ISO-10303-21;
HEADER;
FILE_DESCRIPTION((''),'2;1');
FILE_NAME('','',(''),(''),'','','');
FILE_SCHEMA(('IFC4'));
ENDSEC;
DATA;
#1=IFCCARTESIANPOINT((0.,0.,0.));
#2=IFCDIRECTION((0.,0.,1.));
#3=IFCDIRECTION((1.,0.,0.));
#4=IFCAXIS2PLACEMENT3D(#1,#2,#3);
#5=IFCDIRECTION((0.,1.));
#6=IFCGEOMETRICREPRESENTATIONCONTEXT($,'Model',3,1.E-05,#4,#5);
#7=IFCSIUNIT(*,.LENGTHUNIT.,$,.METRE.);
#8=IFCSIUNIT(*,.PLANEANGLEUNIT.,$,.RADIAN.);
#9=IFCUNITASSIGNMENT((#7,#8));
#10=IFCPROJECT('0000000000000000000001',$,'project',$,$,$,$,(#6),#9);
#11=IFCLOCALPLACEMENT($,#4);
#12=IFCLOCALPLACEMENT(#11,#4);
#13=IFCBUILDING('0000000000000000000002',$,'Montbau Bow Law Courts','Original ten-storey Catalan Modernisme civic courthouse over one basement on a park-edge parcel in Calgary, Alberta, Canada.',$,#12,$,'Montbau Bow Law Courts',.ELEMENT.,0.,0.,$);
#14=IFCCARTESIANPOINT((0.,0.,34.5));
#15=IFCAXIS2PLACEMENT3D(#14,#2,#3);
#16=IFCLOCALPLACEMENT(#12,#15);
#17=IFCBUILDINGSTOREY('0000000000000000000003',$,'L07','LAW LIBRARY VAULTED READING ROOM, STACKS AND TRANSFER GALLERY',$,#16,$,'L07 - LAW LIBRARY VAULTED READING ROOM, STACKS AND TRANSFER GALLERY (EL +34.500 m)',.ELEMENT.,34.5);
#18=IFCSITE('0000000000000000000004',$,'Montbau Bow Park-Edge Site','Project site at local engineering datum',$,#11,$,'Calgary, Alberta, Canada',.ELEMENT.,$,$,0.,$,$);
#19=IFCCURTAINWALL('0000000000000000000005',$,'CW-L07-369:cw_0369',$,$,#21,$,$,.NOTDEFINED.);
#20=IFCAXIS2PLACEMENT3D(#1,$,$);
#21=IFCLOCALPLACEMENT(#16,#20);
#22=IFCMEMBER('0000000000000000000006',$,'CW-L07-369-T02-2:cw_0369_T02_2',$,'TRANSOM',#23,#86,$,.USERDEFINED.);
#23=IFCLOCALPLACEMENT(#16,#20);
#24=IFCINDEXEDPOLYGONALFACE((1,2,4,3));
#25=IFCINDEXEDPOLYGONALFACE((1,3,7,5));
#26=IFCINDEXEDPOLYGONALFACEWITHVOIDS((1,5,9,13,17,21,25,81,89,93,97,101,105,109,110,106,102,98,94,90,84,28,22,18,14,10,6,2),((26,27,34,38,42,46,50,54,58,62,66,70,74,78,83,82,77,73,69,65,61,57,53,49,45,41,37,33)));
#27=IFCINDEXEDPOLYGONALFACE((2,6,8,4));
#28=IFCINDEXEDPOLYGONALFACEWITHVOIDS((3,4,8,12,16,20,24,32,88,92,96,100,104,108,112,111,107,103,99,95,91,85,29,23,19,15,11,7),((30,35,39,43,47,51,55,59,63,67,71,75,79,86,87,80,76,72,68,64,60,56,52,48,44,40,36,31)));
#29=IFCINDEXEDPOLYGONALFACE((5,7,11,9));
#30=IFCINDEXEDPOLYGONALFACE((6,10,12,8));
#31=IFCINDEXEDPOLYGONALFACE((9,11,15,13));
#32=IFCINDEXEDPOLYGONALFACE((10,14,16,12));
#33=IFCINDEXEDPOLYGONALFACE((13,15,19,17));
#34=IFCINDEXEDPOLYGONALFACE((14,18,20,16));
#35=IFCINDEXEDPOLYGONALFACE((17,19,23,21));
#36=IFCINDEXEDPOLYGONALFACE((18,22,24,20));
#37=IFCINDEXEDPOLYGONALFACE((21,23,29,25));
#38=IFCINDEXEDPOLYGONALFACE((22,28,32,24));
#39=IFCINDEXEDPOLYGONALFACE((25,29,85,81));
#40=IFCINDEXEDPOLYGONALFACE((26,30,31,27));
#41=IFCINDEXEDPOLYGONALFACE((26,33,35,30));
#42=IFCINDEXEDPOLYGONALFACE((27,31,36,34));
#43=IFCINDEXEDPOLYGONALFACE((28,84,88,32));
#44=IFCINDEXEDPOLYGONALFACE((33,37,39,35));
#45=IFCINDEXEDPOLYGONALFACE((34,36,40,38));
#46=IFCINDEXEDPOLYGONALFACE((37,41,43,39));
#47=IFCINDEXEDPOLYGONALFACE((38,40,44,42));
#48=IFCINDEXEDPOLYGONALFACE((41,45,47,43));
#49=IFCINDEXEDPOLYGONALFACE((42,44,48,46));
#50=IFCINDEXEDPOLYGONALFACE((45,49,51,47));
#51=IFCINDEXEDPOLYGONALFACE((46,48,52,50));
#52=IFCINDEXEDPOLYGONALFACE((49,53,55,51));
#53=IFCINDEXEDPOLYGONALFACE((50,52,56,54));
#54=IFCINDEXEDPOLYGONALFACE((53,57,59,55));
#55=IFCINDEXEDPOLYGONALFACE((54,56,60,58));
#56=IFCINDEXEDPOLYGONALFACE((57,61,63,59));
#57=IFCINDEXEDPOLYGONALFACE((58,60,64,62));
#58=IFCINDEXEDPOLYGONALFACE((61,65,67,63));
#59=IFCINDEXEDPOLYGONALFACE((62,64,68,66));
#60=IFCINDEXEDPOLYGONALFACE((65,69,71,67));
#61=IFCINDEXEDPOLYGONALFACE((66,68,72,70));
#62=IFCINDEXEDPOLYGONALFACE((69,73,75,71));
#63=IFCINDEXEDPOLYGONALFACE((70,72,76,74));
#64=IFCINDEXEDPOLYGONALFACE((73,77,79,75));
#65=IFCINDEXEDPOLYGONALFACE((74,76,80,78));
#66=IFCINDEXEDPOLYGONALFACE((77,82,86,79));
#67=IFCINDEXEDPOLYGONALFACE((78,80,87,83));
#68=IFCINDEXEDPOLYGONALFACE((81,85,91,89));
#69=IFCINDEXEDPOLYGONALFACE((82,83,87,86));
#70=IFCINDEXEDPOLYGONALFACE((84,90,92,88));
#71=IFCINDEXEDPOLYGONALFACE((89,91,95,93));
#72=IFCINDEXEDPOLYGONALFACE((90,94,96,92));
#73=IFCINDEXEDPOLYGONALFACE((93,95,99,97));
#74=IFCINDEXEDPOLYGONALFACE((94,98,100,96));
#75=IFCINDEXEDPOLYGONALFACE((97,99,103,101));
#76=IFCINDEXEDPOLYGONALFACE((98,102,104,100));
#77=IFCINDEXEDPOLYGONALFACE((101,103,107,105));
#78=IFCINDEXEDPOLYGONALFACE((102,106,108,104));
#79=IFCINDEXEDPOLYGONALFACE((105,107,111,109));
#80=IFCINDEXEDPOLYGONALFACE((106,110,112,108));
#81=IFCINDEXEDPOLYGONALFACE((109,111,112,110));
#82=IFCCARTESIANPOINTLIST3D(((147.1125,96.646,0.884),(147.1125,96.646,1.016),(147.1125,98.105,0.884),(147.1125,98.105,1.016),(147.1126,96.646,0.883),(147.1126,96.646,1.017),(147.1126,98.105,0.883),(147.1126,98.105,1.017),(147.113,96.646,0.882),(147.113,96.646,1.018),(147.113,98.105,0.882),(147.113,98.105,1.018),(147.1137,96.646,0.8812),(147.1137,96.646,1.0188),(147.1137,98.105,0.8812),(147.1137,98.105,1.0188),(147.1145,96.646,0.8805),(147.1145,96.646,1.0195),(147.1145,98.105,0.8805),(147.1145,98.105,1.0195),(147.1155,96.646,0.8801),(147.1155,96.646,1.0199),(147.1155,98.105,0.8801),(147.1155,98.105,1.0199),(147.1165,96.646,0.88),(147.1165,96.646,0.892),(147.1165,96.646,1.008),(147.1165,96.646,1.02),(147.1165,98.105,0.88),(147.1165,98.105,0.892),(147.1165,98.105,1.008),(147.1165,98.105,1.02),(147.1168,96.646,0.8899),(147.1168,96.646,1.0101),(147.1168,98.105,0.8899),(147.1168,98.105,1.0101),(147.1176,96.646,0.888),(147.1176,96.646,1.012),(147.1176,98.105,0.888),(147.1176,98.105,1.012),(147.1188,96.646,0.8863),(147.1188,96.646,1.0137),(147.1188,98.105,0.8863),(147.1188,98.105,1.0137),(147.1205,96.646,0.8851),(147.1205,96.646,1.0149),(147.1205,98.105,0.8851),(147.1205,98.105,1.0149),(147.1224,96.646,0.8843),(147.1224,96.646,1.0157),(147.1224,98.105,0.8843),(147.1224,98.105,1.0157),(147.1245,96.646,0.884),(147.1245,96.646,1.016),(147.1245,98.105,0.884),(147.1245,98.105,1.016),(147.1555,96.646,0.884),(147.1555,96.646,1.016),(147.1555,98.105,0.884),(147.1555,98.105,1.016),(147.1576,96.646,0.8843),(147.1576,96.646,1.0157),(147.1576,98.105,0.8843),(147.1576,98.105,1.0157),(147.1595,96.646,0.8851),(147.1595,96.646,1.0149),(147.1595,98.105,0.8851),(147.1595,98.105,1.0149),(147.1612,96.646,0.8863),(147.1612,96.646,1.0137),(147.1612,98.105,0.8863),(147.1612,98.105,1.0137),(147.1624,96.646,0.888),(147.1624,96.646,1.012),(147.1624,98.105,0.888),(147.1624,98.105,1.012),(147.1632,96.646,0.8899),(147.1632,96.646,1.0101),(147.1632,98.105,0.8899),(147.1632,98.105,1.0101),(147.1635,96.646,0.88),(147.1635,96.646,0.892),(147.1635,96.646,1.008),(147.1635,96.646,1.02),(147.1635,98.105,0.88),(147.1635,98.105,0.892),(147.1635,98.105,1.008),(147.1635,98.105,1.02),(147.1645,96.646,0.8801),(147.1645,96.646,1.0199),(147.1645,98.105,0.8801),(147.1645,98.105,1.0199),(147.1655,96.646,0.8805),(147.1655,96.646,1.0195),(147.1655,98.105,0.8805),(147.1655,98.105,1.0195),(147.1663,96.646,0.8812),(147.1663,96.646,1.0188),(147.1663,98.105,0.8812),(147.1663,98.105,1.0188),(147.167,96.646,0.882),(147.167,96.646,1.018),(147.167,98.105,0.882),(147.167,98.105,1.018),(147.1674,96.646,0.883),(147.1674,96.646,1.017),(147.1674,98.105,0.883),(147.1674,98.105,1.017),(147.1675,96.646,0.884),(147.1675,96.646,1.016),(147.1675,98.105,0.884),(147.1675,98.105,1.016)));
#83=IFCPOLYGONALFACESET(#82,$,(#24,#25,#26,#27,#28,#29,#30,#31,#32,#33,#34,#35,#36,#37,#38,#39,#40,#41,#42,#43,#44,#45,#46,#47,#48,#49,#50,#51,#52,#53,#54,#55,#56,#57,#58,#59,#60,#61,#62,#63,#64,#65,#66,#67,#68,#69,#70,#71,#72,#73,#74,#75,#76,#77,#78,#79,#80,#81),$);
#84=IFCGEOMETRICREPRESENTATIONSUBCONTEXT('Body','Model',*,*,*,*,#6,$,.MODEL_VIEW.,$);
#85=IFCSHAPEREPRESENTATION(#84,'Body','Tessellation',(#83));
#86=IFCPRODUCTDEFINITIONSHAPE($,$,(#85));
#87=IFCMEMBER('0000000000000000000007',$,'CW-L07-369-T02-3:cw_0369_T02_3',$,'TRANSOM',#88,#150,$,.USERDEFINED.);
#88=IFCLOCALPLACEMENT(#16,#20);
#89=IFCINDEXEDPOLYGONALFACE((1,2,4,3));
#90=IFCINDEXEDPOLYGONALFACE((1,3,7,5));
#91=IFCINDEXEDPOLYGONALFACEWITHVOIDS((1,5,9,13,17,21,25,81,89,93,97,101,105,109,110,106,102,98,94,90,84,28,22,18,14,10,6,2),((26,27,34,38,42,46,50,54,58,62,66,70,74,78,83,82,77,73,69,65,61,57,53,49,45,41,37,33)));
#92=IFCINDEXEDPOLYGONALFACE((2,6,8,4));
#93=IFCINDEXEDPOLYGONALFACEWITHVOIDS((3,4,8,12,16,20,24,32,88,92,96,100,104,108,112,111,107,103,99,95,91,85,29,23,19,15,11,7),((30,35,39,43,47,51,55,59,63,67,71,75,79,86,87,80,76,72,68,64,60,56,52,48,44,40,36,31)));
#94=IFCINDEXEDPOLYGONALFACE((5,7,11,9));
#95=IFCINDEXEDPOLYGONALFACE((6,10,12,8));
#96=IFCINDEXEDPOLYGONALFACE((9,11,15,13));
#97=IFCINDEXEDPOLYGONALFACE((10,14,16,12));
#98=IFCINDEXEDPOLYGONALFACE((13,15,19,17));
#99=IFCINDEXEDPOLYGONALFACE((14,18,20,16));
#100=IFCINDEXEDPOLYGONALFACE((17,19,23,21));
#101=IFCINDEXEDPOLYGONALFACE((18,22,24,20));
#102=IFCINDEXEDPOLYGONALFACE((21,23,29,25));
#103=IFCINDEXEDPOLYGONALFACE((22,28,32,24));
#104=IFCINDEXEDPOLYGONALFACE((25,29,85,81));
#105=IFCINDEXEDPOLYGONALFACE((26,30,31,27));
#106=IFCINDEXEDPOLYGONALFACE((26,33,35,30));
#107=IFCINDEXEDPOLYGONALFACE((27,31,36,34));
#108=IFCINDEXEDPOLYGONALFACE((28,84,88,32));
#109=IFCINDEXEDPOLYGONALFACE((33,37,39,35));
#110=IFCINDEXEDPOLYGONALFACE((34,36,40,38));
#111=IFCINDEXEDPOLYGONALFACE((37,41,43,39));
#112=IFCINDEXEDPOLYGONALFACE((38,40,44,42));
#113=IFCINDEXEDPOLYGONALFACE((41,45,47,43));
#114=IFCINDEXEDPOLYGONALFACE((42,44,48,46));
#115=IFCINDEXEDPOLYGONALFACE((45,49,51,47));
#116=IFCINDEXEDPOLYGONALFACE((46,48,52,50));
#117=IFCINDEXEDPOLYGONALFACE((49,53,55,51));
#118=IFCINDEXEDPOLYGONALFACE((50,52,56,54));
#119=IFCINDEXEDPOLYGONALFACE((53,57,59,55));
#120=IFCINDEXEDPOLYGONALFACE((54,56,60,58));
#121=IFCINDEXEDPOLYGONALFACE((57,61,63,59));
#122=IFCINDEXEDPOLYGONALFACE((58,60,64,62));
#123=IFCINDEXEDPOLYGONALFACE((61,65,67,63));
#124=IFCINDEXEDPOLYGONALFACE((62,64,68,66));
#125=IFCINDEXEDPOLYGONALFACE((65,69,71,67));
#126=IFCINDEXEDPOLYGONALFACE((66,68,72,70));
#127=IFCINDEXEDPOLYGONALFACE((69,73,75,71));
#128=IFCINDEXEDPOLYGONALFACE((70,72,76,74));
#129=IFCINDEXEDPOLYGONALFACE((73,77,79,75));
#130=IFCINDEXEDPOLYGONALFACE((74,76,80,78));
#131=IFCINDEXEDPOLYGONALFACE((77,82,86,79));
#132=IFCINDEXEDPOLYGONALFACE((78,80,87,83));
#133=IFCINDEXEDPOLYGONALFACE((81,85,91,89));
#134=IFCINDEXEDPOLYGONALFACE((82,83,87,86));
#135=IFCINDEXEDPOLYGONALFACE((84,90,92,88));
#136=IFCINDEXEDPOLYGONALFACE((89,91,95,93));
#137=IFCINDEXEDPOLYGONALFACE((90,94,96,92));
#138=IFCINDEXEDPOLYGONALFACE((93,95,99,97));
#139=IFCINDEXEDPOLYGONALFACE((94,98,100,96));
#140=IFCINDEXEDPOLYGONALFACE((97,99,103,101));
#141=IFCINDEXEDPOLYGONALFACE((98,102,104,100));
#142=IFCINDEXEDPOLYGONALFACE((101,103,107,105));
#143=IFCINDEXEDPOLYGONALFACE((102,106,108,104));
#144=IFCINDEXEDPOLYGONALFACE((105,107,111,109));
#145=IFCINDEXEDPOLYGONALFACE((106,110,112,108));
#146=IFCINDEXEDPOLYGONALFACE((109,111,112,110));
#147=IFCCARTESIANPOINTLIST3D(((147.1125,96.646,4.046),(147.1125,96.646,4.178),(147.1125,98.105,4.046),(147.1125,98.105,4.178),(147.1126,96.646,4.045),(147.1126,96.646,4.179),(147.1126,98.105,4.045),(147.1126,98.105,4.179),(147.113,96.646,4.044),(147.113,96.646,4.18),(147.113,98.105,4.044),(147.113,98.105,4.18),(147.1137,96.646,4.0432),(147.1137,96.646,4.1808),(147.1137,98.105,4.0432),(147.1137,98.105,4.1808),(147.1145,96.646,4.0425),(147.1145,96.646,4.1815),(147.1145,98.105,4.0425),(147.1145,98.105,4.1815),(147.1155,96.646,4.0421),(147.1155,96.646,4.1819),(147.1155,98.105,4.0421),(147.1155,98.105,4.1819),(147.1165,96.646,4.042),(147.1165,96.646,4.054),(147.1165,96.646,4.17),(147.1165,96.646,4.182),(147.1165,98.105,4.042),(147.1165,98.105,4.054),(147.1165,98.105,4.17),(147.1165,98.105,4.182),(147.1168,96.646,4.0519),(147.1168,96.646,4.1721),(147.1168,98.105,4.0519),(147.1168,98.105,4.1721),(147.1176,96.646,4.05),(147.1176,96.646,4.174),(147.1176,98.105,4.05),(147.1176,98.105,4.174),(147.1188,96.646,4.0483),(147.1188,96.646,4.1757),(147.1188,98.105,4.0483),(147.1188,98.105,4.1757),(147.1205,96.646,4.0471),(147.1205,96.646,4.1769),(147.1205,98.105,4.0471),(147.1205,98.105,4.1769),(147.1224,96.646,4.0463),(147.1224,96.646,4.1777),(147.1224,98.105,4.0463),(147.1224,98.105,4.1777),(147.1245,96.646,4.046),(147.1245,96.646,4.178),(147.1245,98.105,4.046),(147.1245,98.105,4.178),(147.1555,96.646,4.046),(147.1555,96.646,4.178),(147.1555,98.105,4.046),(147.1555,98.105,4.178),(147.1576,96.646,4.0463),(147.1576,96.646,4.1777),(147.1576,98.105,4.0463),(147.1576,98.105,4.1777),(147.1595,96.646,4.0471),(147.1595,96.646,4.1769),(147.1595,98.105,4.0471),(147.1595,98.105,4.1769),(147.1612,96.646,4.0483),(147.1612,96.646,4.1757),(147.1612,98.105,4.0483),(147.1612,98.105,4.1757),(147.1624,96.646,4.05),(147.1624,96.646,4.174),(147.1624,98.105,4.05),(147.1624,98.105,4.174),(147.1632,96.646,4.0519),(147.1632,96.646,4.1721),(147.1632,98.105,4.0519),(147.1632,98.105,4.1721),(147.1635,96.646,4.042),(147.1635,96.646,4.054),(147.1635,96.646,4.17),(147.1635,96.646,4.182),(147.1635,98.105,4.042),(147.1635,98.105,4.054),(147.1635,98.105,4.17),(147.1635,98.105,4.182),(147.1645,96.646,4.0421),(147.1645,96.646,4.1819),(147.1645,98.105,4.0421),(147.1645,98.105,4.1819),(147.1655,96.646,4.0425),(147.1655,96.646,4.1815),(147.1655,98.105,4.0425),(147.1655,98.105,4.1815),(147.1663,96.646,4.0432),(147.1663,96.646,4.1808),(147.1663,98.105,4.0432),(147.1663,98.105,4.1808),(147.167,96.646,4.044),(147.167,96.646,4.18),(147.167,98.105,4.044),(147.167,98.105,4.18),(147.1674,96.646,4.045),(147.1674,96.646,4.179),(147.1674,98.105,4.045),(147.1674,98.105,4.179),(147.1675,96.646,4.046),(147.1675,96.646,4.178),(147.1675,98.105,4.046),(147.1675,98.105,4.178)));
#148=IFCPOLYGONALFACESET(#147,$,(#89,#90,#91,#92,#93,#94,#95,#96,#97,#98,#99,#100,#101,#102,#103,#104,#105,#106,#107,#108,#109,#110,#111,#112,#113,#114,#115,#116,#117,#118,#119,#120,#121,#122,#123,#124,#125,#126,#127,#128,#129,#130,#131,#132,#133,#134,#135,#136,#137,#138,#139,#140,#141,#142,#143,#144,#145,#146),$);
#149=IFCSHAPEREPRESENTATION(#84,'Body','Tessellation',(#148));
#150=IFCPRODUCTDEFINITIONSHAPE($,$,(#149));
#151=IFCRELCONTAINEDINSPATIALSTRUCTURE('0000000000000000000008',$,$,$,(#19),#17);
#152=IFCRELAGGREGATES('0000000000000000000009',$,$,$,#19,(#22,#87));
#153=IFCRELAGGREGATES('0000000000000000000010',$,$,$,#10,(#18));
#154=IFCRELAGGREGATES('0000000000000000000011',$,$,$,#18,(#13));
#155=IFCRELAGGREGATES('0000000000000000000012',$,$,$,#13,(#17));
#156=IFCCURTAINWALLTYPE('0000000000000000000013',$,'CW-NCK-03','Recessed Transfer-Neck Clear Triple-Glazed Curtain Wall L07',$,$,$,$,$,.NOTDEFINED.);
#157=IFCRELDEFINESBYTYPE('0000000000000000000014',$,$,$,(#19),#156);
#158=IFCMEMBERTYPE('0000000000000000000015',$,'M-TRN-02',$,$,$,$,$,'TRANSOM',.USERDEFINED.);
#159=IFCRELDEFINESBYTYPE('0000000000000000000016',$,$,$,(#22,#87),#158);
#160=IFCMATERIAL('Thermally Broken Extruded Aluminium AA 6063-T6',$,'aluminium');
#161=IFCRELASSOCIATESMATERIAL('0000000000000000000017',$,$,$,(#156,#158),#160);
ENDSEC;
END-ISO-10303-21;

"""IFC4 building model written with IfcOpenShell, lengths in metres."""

from ifc_helpers import new_model, si_unit, direction, frame, origin_with_axes, origin_2d_with_axis, place, context, subcontext, project, spatial, hollow_rectangle, extrude, material, material_profile, profile_set, type_object, element, aggregate, save


model = new_model("IFC4")

# Units and contexts
model_context = context("Model", 3, precision=1e-05, world=origin_with_axes(), true_north=direction((0.0, 1.0)))
body_context = subcontext(model_context, "Body", "Model", "MODEL_VIEW")
ifc_project = project(units=[si_unit("LENGTHUNIT", "METRE"), si_unit("PLANEANGLEUNIT", "RADIAN")], contexts=[model_context])

# Site, building, storey
site_placement = place(None, origin_with_axes())
site = spatial("IfcSite", under=ifc_project, at=site_placement, Name="Montbau Bow Park-Edge Site", Description="Project site at local engineering datum", LongName="Calgary, Alberta, Canada", CompositionType="ELEMENT", RefElevation=0.0)
building_placement = place(site_placement, origin_with_axes())
building = spatial("IfcBuilding", under=site, at=building_placement, Name="Montbau Bow Law Courts", Description="Original ten-storey Catalan Modernisme civic courthouse over one basement on a park-edge parcel in Calgary, Alberta, Canada.", LongName="Montbau Bow Law Courts", CompositionType="ELEMENT", ElevationOfRefHeight=0.0, ElevationOfTerrain=0.0)
storey_placement = place(building_placement, frame((0.0, 0.0, 34.5), z_axis=(0.0, 0.0, 1.0), x_axis=(1.0, 0.0, 0.0)))
storey = spatial("IfcBuildingStorey", under=building, at=storey_placement, Name="L07", Description="LAW LIBRARY VAULTED READING ROOM, STACKS AND TRANSFER GALLERY", LongName="L07 - LAW LIBRARY VAULTED READING ROOM, STACKS AND TRANSFER GALLERY (EL +34.500 m)", CompositionType="ELEMENT", Elevation=34.5)

# Curtain wall, members
ifc_material_1 = material(Name="Thermally Broken Extruded Aluminium AA 6063-T6", Category="aluminium")
curtain_wall_type = type_object("IfcCurtainWallType", Name="CW-NCK-03", Description="Recessed Transfer-Neck Clear Triple-Glazed Curtain Wall L07", PredefinedType="NOTDEFINED", material=ifc_material_1)
curtain_wall_placement = place(None, frame((147.14, 95.067, 34.5), z_axis=(0.0, 0.0, 1.0), x_axis=(1.0, 0.0, 0.0)))
curtain_wall = element("IfcCurtainWall", 1, at=curtain_wall_placement, inside=storey, type_object=curtain_wall_type, Name="CW-L07-369:cw_0369", PredefinedType="NOTDEFINED")
ifc_material_profile_1 = material_profile(ifc_material_1, hollow_rectangle(XDim=0.055, YDim=0.14, WallThickness=0.004, InnerFilletRadius=0.008, OuterFilletRadius=0.004, at=origin_2d_with_axis()), Name="CWT-140X55", Category="Main", Priority=0)
ifc_profile_set_1 = profile_set([ifc_material_profile_1], Name="Thermally Broken Extruded Aluminium AA 6063-T6")
member_type_1 = type_object("IfcMemberType", Name="M-TRN-02", ElementType="TRANSOM", PredefinedType="USERDEFINED", material=ifc_profile_set_1)
member_1_placement = place(None, frame((147.14, 96.646, 35.45), z_axis=(0.0, 1.0, 0.0), x_axis=(-1.0, 0.0, 0.0)))
member_1 = element("IfcMember", 2, at=member_1_placement, type_object=member_type_1, Name="CW-L07-369-T02-2:cw_0369_T02_2", ObjectType="TRANSOM", PredefinedType="USERDEFINED", context=body_context, shape_type="SweptSolid", body=[
    extrude(hollow_rectangle(XDim=0.055, YDim=0.14, WallThickness=0.004, InnerFilletRadius=0.008, OuterFilletRadius=0.004, at=origin_2d_with_axis()), origin_with_axes(), (0.0, 0.0, 1.0), 1.459),
])
member_2_placement = place(None, frame((147.14, 96.646, 38.612), z_axis=(0.0, 1.0, 0.0), x_axis=(-1.0, 0.0, 0.0)))
member_2 = element("IfcMember", 3, at=member_2_placement, type_object=member_type_1, Name="CW-L07-369-T02-3:cw_0369_T02_3", ObjectType="TRANSOM", PredefinedType="USERDEFINED", context=body_context, shape_type="SweptSolid", body=[
    extrude(hollow_rectangle(XDim=0.055, YDim=0.14, WallThickness=0.004, InnerFilletRadius=0.008, OuterFilletRadius=0.004, at=origin_2d_with_axis()), origin_with_axes(), (0.0, 0.0, 1.0), 1.459),
])
aggregate(curtain_wall, [member_1, member_2])

save(model, "model.ifc")
